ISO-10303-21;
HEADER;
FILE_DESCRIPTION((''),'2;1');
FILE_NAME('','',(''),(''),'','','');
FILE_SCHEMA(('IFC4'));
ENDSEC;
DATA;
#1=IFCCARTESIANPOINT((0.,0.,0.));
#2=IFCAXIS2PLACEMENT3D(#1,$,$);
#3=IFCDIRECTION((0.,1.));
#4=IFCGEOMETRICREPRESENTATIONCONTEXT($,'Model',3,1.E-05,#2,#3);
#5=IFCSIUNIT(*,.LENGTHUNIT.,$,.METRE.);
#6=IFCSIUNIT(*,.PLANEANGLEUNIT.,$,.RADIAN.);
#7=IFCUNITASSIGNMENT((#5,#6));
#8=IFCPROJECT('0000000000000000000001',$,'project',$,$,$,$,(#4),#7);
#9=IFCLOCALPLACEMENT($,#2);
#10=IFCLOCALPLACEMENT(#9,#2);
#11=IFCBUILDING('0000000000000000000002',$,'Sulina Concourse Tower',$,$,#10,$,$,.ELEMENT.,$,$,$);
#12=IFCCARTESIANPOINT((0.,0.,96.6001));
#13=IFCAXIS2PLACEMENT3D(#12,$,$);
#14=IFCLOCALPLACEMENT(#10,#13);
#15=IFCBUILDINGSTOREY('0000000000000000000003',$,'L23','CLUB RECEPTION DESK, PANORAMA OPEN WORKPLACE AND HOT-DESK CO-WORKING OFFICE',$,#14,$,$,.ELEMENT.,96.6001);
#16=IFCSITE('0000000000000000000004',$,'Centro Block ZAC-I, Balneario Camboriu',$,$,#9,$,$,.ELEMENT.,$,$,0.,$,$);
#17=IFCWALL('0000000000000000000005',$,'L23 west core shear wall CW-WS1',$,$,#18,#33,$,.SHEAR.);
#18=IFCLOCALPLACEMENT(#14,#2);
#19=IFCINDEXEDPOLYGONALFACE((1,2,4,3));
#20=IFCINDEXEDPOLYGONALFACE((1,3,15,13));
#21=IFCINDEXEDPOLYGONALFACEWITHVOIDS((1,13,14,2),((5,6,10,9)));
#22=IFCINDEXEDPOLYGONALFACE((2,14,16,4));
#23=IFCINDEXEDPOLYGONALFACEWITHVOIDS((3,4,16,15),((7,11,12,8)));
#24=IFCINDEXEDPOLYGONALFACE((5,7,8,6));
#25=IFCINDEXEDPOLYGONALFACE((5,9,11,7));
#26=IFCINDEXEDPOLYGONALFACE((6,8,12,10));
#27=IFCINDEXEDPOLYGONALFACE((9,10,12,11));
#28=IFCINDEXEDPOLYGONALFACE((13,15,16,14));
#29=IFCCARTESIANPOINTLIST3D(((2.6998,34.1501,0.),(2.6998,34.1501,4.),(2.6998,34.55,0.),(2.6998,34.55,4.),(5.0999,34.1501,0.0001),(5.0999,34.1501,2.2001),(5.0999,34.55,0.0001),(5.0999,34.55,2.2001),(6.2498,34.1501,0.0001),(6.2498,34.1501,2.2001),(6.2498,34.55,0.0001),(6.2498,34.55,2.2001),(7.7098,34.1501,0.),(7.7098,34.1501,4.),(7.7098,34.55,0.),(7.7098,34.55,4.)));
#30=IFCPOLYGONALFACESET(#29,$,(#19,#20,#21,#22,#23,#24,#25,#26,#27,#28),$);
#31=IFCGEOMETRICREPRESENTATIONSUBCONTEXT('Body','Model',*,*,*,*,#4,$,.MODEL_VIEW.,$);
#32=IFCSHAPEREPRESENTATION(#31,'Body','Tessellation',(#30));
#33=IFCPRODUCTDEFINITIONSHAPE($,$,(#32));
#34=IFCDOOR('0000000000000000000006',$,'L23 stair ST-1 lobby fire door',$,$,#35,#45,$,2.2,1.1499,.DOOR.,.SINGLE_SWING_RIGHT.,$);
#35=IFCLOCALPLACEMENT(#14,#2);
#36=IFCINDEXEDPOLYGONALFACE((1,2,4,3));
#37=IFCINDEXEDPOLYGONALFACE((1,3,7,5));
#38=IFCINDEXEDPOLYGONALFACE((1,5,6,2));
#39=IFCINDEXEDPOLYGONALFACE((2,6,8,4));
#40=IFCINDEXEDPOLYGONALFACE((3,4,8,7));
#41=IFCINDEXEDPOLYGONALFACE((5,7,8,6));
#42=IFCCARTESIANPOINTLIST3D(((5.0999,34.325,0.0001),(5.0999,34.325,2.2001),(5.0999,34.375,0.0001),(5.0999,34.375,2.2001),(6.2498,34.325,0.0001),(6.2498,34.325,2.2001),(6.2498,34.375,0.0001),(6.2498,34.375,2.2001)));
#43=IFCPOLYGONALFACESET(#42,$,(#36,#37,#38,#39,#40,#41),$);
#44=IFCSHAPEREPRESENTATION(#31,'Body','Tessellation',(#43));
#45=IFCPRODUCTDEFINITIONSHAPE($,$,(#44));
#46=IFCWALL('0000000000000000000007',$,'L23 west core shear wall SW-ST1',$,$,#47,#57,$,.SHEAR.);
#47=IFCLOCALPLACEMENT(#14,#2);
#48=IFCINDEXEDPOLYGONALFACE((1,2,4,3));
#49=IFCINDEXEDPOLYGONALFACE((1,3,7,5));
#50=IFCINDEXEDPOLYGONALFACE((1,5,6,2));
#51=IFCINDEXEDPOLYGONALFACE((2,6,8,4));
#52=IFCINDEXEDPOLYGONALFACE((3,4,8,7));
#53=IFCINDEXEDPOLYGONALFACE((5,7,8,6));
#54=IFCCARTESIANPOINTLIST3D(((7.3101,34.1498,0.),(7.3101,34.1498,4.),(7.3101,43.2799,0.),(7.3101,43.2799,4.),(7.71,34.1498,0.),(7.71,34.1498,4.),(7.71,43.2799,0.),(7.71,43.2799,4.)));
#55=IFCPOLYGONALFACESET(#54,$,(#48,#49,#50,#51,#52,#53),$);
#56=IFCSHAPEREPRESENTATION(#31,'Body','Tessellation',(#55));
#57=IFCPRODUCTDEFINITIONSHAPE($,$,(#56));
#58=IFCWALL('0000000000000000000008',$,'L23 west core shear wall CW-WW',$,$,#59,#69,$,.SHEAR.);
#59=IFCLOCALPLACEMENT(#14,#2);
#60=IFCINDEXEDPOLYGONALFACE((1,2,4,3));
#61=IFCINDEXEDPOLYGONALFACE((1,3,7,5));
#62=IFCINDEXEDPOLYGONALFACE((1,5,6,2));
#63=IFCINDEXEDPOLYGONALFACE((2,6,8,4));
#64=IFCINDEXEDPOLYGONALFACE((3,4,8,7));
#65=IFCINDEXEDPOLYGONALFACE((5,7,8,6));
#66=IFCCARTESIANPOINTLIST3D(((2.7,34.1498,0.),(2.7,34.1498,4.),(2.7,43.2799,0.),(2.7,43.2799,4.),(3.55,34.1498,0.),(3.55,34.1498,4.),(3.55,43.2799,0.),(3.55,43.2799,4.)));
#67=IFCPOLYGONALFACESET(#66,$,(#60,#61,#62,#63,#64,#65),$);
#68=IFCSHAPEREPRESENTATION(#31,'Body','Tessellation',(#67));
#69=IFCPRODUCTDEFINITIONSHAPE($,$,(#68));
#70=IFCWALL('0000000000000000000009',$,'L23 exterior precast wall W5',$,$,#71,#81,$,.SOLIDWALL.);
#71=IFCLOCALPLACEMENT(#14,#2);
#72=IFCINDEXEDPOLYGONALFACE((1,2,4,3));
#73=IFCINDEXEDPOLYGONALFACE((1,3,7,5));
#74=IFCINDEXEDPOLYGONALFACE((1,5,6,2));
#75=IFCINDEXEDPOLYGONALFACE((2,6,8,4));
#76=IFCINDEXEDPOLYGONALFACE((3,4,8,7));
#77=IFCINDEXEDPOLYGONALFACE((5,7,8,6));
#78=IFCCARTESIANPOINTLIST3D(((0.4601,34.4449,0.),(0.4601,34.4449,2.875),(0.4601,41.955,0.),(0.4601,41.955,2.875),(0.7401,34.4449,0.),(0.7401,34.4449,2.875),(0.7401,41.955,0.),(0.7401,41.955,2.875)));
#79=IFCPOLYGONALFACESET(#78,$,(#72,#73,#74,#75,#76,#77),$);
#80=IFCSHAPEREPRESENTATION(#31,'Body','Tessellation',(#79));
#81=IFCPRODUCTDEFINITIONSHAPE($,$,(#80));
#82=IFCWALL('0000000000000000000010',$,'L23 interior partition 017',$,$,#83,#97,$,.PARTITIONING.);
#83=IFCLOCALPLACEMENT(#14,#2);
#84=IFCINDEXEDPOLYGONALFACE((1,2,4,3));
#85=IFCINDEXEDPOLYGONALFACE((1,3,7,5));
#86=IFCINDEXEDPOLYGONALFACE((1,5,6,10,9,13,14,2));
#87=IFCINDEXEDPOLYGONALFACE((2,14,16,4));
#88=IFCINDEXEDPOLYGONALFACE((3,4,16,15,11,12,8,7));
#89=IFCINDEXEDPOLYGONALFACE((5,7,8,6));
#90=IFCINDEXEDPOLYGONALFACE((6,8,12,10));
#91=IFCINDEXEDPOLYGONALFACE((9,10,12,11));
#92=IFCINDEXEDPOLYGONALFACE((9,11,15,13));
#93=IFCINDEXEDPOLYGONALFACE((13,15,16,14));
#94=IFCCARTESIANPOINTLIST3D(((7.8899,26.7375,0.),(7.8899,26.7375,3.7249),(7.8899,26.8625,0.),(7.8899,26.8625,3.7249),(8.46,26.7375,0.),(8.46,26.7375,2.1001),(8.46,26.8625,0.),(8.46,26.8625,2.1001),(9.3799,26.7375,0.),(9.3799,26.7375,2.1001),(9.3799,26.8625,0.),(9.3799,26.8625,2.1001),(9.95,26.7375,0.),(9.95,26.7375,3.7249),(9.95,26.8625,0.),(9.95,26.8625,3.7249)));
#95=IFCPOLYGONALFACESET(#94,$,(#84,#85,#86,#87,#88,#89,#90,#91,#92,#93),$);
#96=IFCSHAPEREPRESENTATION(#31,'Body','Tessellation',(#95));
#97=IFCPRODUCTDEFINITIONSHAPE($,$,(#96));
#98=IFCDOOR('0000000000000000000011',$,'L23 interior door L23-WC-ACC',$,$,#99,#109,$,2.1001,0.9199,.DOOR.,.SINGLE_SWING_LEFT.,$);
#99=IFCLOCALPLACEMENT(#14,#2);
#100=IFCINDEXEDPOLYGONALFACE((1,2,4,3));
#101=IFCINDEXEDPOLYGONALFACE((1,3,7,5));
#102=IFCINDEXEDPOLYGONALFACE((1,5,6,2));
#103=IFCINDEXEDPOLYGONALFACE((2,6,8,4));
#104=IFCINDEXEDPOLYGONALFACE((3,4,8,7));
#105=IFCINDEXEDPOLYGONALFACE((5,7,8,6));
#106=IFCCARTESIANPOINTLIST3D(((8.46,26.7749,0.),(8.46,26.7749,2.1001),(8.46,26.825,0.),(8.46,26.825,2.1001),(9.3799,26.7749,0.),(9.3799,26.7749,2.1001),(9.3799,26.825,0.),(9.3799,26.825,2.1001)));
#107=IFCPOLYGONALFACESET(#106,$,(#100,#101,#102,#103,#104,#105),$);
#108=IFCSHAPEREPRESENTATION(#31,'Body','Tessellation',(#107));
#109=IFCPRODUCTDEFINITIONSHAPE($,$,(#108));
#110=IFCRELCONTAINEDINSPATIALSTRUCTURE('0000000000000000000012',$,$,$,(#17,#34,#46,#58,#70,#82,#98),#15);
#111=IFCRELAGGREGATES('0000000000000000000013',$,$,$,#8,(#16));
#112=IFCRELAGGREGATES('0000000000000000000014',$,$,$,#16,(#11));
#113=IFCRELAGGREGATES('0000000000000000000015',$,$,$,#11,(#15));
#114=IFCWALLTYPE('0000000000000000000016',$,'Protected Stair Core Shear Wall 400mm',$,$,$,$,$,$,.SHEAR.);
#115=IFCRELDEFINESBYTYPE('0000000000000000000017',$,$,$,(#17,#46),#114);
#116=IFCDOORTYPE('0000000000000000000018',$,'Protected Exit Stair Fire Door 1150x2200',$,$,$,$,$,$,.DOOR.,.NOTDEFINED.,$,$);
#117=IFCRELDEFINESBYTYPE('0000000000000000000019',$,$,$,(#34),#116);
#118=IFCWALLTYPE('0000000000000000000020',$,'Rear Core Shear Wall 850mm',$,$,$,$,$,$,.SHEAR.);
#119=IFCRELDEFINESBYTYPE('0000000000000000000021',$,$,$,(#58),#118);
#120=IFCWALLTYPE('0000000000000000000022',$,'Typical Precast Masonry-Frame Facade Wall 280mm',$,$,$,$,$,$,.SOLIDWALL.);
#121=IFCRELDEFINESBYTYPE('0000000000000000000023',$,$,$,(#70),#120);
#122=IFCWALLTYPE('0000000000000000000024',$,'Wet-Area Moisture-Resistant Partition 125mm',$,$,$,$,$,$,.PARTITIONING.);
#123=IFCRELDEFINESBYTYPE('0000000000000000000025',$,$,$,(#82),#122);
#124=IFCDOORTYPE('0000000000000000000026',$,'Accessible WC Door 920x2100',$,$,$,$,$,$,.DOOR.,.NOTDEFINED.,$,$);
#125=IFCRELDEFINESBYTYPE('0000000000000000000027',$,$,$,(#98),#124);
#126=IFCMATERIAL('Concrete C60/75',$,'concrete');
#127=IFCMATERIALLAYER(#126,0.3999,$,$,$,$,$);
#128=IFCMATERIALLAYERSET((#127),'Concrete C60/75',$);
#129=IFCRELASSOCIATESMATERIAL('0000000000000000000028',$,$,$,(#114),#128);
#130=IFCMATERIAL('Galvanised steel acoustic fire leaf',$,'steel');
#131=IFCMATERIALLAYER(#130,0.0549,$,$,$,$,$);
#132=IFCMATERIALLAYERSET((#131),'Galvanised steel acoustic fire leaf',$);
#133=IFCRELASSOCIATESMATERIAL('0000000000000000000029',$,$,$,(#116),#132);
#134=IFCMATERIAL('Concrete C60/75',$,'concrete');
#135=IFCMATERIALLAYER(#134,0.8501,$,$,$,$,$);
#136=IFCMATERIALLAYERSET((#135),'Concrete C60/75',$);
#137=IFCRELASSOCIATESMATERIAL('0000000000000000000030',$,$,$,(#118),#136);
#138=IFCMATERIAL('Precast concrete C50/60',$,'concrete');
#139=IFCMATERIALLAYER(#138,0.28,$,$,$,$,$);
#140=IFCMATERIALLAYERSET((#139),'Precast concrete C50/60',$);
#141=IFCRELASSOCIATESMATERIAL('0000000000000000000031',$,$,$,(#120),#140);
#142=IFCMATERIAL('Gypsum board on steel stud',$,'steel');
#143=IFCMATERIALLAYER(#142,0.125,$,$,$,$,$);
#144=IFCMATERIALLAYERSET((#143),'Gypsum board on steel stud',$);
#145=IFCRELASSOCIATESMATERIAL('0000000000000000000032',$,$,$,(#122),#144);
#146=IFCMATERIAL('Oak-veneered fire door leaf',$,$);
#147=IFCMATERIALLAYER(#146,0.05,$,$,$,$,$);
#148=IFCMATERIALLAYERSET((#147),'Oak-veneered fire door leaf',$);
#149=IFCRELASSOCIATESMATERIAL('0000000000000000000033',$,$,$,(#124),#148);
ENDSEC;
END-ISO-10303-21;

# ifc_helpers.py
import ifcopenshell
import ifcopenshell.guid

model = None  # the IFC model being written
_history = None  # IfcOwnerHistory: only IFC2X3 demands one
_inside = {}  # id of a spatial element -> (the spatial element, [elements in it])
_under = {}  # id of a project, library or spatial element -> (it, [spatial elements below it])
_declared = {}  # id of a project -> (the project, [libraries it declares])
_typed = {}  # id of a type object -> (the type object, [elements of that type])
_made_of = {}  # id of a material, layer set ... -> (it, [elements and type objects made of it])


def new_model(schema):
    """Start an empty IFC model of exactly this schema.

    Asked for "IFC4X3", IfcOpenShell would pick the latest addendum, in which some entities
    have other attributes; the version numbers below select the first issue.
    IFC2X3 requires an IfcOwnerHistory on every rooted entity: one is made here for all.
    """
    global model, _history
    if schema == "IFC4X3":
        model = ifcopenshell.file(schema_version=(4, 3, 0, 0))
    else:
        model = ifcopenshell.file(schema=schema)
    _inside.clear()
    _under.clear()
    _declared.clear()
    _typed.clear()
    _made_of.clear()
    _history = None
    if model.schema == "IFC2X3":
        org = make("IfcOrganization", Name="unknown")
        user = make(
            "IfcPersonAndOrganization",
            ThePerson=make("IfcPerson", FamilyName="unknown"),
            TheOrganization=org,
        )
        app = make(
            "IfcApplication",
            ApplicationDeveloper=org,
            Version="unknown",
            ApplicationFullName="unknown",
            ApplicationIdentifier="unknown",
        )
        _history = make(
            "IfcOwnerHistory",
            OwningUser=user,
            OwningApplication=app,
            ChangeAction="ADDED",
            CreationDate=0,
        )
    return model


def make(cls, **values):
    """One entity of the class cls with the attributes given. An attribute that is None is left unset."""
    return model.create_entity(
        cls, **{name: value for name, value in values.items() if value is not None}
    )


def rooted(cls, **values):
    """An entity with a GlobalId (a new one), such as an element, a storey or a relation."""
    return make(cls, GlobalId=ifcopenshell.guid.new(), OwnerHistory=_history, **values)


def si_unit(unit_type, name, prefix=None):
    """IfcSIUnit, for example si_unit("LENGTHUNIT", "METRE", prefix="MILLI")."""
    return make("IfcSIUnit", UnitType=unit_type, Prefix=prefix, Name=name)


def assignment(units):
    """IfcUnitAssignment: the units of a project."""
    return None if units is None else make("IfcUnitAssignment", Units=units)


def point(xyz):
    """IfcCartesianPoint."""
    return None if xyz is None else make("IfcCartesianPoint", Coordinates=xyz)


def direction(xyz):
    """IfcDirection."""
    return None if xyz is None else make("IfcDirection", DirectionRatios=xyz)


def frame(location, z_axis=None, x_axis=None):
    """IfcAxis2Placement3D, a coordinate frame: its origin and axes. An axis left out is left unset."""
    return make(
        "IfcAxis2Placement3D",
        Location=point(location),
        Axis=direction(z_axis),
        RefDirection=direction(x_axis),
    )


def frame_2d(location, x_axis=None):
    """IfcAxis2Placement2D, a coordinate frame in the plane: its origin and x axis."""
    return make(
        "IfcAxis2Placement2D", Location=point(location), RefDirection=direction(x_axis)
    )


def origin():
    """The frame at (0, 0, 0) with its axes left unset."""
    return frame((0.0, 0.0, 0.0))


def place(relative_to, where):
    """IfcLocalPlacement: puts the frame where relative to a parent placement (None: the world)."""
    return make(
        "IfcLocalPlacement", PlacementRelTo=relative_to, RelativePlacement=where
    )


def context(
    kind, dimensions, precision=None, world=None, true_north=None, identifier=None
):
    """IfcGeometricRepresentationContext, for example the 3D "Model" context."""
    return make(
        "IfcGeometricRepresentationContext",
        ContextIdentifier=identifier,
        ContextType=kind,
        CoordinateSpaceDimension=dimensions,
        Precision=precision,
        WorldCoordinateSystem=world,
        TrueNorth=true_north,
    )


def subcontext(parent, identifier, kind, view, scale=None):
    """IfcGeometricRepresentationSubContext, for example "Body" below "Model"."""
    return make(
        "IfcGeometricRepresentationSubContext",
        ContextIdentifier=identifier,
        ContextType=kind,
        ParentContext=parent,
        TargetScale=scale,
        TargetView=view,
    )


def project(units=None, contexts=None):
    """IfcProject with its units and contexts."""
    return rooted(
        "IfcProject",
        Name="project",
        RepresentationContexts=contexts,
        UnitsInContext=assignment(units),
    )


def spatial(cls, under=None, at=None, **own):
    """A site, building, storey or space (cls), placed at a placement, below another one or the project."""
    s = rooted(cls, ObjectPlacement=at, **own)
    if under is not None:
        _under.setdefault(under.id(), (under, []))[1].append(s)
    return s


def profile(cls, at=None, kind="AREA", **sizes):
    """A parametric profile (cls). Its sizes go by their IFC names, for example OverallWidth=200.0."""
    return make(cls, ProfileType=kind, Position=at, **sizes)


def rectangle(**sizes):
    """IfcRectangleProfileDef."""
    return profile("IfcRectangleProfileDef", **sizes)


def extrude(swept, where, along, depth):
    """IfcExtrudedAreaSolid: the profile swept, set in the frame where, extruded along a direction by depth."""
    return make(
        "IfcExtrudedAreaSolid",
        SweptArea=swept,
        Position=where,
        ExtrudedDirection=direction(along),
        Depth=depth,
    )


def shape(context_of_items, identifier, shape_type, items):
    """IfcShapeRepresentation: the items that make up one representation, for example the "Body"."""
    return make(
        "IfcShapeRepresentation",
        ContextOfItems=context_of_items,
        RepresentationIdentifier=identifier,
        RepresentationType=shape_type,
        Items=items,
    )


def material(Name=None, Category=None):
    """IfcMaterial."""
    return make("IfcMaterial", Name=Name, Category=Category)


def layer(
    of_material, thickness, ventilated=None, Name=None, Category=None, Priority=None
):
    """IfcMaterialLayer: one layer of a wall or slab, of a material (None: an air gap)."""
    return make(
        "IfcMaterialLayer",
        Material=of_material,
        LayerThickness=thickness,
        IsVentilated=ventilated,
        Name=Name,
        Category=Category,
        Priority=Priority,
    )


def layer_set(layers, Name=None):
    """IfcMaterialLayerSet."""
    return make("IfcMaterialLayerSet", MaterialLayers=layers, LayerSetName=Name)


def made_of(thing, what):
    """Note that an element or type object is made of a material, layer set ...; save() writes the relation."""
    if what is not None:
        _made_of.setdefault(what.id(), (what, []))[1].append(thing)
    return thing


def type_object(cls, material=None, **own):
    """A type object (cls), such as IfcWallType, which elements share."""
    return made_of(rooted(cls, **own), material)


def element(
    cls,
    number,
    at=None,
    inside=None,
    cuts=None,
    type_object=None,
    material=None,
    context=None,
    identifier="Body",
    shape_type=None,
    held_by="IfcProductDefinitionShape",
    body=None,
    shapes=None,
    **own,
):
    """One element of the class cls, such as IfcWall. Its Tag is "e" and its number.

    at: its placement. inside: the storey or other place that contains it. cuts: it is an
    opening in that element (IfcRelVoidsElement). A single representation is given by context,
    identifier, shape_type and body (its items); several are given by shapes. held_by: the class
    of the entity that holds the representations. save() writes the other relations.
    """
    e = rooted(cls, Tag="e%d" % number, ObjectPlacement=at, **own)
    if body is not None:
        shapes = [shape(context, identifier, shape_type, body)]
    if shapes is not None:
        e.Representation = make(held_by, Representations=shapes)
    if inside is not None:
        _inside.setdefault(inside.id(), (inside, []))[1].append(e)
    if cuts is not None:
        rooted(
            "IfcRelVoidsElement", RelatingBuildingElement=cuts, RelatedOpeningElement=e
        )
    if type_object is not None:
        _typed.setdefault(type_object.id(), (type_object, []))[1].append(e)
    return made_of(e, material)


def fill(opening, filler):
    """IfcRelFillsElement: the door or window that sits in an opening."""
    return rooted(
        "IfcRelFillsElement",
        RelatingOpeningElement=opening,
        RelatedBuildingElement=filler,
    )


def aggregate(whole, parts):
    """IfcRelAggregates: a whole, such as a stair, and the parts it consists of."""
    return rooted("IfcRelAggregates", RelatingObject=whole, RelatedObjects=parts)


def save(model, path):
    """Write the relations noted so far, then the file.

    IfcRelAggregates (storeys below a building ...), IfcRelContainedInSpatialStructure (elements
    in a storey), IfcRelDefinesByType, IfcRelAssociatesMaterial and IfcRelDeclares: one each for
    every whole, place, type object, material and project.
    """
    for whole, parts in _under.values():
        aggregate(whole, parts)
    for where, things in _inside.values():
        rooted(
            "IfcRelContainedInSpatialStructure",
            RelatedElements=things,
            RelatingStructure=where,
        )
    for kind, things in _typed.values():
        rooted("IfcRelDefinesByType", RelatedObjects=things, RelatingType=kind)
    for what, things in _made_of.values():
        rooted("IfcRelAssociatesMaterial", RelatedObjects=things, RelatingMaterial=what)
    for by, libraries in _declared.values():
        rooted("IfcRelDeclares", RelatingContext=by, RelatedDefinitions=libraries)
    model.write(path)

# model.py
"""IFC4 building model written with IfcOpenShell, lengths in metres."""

from ifc_helpers import new_model, si_unit, direction, frame, frame_2d, origin, place, context, subcontext, project, spatial, rectangle, extrude, material, layer, layer_set, type_object, element, fill, save


model = new_model("IFC4")

# Units and contexts
model_context = context("Model", 3, precision=1e-05, world=origin(), true_north=direction((0.0, 1.0)))
body_context = subcontext(model_context, "Body", "Model", "MODEL_VIEW")
ifc_project = project(units=[si_unit("LENGTHUNIT", "METRE"), si_unit("PLANEANGLEUNIT", "RADIAN")], contexts=[model_context])

# Site, building, storey
site_placement = place(None, origin())
site = spatial("IfcSite", under=ifc_project, at=site_placement, Name="Centro Block ZAC-I, Balneario Camboriu", CompositionType="ELEMENT", RefElevation=0.0)
building_placement = place(site_placement, origin())
building = spatial("IfcBuilding", under=site, at=building_placement, Name="Sulina Concourse Tower", CompositionType="ELEMENT")
storey_placement = place(building_placement, frame((0.0, 0.0, 96.6001)))
storey = spatial("IfcBuildingStorey", under=building, at=storey_placement, Name="L23", Description="CLUB RECEPTION DESK, PANORAMA OPEN WORKPLACE AND HOT-DESK CO-WORKING OFFICE", CompositionType="ELEMENT", Elevation=96.6001)

# Wall, opening, door
ifc_material_1 = material(Name="Concrete C60/75", Category="concrete")
ifc_layer_1 = layer(ifc_material_1, 0.3999)
ifc_layer_set_1 = layer_set([ifc_layer_1], Name="Concrete C60/75")
wall_type_1 = type_object("IfcWallType", Name="Protected Stair Core Shear Wall 400mm", PredefinedType="SHEAR", material=ifc_layer_set_1)
wall_1_placement = place(storey_placement, frame((2.7, 34.3501, 0.0), z_axis=(0.0, 0.0, 1.0), x_axis=(1.0, 0.0, 0.0)))
wall_1 = element("IfcWall", 1, at=wall_1_placement, inside=storey, type_object=wall_type_1, Name="L23 west core shear wall CW-WS1", PredefinedType="SHEAR", context=body_context, shape_type="SweptSolid", body=[
    extrude(rectangle(XDim=5.01, YDim=0.3999, at=frame_2d((2.5049, 0.0))), origin(), (0.0, 0.0, 1.0), 4.0),
])
opening_1_placement = place(wall_1_placement, frame((2.3999, 0.0, 0.0)))
opening_1 = element("IfcOpeningElement", 2, at=opening_1_placement, cuts=wall_1, PredefinedType="OPENING", context=body_context, shape_type="SweptSolid", body=[
    extrude(rectangle(XDim=1.1499, YDim=2.2, at=frame_2d((0.575, 1.1001))), frame((0.0, 0.21, 0.0), z_axis=(0.0, -1.0, 0.0), x_axis=(1.0, 0.0, 0.0)), (0.0, 0.0, 1.0), 0.4199),
])
ifc_material_2 = material(Name="Galvanised steel acoustic fire leaf", Category="steel")
ifc_layer_2 = layer(ifc_material_2, 0.0549)
ifc_layer_set_2 = layer_set([ifc_layer_2], Name="Galvanised steel acoustic fire leaf")
door_type_1 = type_object("IfcDoorType", Name="Protected Exit Stair Fire Door 1150x2200", OperationType="NOTDEFINED", PredefinedType="DOOR", material=ifc_layer_set_2)
door_1_placement = place(opening_1_placement, origin())
door_1 = element("IfcDoor", 3, at=door_1_placement, inside=storey, type_object=door_type_1, Name="L23 stair ST-1 lobby fire door", OperationType="SINGLE_SWING_RIGHT", OverallHeight=2.2, OverallWidth=1.1499, PredefinedType="DOOR", context=body_context, shape_type="SweptSolid", body=[
    extrude(rectangle(XDim=1.1499, YDim=2.2, at=frame_2d((0.575, 1.1001))), frame((0.0, 0.0249, 0.0), z_axis=(0.0, -1.0, 0.0), x_axis=(1.0, 0.0, 0.0)), (0.0, 0.0, 1.0), 0.05),
])
fill(opening_1, door_1)

# Walls
wall_2_placement = place(storey_placement, frame((7.51, 34.1499, 0.0), z_axis=(0.0, 0.0, 1.0), x_axis=(0.0, 1.0, 0.0)))
element("IfcWall", 4, at=wall_2_placement, inside=storey, type_object=wall_type_1, Name="L23 west core shear wall SW-ST1", PredefinedType="SHEAR", context=body_context, shape_type="SweptSolid", body=[
    extrude(rectangle(XDim=9.1301, YDim=0.3999, at=frame_2d((4.5649, 0.0))), origin(), (0.0, 0.0, 1.0), 4.0),
])
ifc_material_3 = material(Name="Concrete C60/75", Category="concrete")
ifc_layer_3 = layer(ifc_material_3, 0.8501)
ifc_layer_set_3 = layer_set([ifc_layer_3], Name="Concrete C60/75")
wall_type_2 = type_object("IfcWallType", Name="Rear Core Shear Wall 850mm", PredefinedType="SHEAR", material=ifc_layer_set_3)
wall_3_placement = place(storey_placement, frame((3.125, 34.1499, 0.0), z_axis=(0.0, 0.0, 1.0), x_axis=(0.0, 1.0, 0.0)))
element("IfcWall", 5, at=wall_3_placement, inside=storey, type_object=wall_type_2, Name="L23 west core shear wall CW-WW", PredefinedType="SHEAR", context=body_context, shape_type="SweptSolid", body=[
    extrude(rectangle(XDim=9.1301, YDim=0.8501, at=frame_2d((4.5649, 0.0))), origin(), (0.0, 0.0, 1.0), 4.0),
])
ifc_material_4 = material(Name="Precast concrete C50/60", Category="concrete")
ifc_layer_4 = layer(ifc_material_4, 0.28)
ifc_layer_set_4 = layer_set([ifc_layer_4], Name="Precast concrete C50/60")
wall_type_3 = type_object("IfcWallType", Name="Typical Precast Masonry-Frame Facade Wall 280mm", PredefinedType="SOLIDWALL", material=ifc_layer_set_4)
wall_4_placement = place(storey_placement, frame((0.6001, 34.4451, 0.0), z_axis=(0.0, 0.0, 1.0), x_axis=(0.0, 1.0, 0.0)))
element("IfcWall", 6, at=wall_4_placement, inside=storey, type_object=wall_type_3, Name="L23 exterior precast wall W5", PredefinedType="SOLIDWALL", context=body_context, shape_type="SweptSolid", body=[
    extrude(rectangle(XDim=7.51, YDim=0.28, at=frame_2d((3.7549, 0.0))), origin(), (0.0, 0.0, 1.0), 2.875),
])

# Wall, opening, door
ifc_material_5 = material(Name="Gypsum board on steel stud", Category="steel")
ifc_layer_5 = layer(ifc_material_5, 0.125)
ifc_layer_set_5 = layer_set([ifc_layer_5], Name="Gypsum board on steel stud")
wall_type_4 = type_object("IfcWallType", Name="Wet-Area Moisture-Resistant Partition 125mm", PredefinedType="PARTITIONING", material=ifc_layer_set_5)
wall_5_placement = place(storey_placement, frame((7.8899, 26.8, 0.0), z_axis=(0.0, 0.0, 1.0), x_axis=(1.0, 0.0, 0.0)))
wall_5 = element("IfcWall", 7, at=wall_5_placement, inside=storey, type_object=wall_type_4, Name="L23 interior partition 017", PredefinedType="PARTITIONING", context=body_context, shape_type="SweptSolid", body=[
    extrude(rectangle(XDim=2.0601, YDim=0.125, at=frame_2d((1.03, 0.0))), origin(), (0.0, 0.0, 1.0), 3.7249),
])
opening_2_placement = place(wall_5_placement, frame((0.5701, 0.0, 0.0)))
opening_2 = element("IfcOpeningElement", 8, at=opening_2_placement, cuts=wall_5, PredefinedType="OPENING", context=body_context, shape_type="SweptSolid", body=[
    extrude(rectangle(XDim=0.9199, YDim=2.1001, at=frame_2d((0.46, 1.05))), frame((0.0, 0.0725, 0.0), z_axis=(0.0, -1.0, 0.0), x_axis=(1.0, 0.0, 0.0)), (0.0, 0.0, 1.0), 0.145),
])
ifc_material_6 = material(Name="Oak-veneered fire door leaf")
ifc_layer_6 = layer(ifc_material_6, 0.05)
ifc_layer_set_6 = layer_set([ifc_layer_6], Name="Oak-veneered fire door leaf")
door_type_2 = type_object("IfcDoorType", Name="Accessible WC Door 920x2100", OperationType="NOTDEFINED", PredefinedType="DOOR", material=ifc_layer_set_6)
door_2_placement = place(opening_2_placement, origin())
door_2 = element("IfcDoor", 9, at=door_2_placement, inside=storey, type_object=door_type_2, Name="L23 interior door L23-WC-ACC", OperationType="SINGLE_SWING_LEFT", OverallHeight=2.1001, OverallWidth=0.9199, PredefinedType="DOOR", context=body_context, shape_type="SweptSolid", body=[
    extrude(rectangle(XDim=0.9199, YDim=2.1001, at=frame_2d((0.46, 1.05))), frame((0.0, 0.0249, 0.0), z_axis=(0.0, -1.0, 0.0), x_axis=(1.0, 0.0, 0.0)), (0.0, 0.0, 1.0), 0.05),
])
fill(opening_2, door_2)

save(model, "model.ifc")
